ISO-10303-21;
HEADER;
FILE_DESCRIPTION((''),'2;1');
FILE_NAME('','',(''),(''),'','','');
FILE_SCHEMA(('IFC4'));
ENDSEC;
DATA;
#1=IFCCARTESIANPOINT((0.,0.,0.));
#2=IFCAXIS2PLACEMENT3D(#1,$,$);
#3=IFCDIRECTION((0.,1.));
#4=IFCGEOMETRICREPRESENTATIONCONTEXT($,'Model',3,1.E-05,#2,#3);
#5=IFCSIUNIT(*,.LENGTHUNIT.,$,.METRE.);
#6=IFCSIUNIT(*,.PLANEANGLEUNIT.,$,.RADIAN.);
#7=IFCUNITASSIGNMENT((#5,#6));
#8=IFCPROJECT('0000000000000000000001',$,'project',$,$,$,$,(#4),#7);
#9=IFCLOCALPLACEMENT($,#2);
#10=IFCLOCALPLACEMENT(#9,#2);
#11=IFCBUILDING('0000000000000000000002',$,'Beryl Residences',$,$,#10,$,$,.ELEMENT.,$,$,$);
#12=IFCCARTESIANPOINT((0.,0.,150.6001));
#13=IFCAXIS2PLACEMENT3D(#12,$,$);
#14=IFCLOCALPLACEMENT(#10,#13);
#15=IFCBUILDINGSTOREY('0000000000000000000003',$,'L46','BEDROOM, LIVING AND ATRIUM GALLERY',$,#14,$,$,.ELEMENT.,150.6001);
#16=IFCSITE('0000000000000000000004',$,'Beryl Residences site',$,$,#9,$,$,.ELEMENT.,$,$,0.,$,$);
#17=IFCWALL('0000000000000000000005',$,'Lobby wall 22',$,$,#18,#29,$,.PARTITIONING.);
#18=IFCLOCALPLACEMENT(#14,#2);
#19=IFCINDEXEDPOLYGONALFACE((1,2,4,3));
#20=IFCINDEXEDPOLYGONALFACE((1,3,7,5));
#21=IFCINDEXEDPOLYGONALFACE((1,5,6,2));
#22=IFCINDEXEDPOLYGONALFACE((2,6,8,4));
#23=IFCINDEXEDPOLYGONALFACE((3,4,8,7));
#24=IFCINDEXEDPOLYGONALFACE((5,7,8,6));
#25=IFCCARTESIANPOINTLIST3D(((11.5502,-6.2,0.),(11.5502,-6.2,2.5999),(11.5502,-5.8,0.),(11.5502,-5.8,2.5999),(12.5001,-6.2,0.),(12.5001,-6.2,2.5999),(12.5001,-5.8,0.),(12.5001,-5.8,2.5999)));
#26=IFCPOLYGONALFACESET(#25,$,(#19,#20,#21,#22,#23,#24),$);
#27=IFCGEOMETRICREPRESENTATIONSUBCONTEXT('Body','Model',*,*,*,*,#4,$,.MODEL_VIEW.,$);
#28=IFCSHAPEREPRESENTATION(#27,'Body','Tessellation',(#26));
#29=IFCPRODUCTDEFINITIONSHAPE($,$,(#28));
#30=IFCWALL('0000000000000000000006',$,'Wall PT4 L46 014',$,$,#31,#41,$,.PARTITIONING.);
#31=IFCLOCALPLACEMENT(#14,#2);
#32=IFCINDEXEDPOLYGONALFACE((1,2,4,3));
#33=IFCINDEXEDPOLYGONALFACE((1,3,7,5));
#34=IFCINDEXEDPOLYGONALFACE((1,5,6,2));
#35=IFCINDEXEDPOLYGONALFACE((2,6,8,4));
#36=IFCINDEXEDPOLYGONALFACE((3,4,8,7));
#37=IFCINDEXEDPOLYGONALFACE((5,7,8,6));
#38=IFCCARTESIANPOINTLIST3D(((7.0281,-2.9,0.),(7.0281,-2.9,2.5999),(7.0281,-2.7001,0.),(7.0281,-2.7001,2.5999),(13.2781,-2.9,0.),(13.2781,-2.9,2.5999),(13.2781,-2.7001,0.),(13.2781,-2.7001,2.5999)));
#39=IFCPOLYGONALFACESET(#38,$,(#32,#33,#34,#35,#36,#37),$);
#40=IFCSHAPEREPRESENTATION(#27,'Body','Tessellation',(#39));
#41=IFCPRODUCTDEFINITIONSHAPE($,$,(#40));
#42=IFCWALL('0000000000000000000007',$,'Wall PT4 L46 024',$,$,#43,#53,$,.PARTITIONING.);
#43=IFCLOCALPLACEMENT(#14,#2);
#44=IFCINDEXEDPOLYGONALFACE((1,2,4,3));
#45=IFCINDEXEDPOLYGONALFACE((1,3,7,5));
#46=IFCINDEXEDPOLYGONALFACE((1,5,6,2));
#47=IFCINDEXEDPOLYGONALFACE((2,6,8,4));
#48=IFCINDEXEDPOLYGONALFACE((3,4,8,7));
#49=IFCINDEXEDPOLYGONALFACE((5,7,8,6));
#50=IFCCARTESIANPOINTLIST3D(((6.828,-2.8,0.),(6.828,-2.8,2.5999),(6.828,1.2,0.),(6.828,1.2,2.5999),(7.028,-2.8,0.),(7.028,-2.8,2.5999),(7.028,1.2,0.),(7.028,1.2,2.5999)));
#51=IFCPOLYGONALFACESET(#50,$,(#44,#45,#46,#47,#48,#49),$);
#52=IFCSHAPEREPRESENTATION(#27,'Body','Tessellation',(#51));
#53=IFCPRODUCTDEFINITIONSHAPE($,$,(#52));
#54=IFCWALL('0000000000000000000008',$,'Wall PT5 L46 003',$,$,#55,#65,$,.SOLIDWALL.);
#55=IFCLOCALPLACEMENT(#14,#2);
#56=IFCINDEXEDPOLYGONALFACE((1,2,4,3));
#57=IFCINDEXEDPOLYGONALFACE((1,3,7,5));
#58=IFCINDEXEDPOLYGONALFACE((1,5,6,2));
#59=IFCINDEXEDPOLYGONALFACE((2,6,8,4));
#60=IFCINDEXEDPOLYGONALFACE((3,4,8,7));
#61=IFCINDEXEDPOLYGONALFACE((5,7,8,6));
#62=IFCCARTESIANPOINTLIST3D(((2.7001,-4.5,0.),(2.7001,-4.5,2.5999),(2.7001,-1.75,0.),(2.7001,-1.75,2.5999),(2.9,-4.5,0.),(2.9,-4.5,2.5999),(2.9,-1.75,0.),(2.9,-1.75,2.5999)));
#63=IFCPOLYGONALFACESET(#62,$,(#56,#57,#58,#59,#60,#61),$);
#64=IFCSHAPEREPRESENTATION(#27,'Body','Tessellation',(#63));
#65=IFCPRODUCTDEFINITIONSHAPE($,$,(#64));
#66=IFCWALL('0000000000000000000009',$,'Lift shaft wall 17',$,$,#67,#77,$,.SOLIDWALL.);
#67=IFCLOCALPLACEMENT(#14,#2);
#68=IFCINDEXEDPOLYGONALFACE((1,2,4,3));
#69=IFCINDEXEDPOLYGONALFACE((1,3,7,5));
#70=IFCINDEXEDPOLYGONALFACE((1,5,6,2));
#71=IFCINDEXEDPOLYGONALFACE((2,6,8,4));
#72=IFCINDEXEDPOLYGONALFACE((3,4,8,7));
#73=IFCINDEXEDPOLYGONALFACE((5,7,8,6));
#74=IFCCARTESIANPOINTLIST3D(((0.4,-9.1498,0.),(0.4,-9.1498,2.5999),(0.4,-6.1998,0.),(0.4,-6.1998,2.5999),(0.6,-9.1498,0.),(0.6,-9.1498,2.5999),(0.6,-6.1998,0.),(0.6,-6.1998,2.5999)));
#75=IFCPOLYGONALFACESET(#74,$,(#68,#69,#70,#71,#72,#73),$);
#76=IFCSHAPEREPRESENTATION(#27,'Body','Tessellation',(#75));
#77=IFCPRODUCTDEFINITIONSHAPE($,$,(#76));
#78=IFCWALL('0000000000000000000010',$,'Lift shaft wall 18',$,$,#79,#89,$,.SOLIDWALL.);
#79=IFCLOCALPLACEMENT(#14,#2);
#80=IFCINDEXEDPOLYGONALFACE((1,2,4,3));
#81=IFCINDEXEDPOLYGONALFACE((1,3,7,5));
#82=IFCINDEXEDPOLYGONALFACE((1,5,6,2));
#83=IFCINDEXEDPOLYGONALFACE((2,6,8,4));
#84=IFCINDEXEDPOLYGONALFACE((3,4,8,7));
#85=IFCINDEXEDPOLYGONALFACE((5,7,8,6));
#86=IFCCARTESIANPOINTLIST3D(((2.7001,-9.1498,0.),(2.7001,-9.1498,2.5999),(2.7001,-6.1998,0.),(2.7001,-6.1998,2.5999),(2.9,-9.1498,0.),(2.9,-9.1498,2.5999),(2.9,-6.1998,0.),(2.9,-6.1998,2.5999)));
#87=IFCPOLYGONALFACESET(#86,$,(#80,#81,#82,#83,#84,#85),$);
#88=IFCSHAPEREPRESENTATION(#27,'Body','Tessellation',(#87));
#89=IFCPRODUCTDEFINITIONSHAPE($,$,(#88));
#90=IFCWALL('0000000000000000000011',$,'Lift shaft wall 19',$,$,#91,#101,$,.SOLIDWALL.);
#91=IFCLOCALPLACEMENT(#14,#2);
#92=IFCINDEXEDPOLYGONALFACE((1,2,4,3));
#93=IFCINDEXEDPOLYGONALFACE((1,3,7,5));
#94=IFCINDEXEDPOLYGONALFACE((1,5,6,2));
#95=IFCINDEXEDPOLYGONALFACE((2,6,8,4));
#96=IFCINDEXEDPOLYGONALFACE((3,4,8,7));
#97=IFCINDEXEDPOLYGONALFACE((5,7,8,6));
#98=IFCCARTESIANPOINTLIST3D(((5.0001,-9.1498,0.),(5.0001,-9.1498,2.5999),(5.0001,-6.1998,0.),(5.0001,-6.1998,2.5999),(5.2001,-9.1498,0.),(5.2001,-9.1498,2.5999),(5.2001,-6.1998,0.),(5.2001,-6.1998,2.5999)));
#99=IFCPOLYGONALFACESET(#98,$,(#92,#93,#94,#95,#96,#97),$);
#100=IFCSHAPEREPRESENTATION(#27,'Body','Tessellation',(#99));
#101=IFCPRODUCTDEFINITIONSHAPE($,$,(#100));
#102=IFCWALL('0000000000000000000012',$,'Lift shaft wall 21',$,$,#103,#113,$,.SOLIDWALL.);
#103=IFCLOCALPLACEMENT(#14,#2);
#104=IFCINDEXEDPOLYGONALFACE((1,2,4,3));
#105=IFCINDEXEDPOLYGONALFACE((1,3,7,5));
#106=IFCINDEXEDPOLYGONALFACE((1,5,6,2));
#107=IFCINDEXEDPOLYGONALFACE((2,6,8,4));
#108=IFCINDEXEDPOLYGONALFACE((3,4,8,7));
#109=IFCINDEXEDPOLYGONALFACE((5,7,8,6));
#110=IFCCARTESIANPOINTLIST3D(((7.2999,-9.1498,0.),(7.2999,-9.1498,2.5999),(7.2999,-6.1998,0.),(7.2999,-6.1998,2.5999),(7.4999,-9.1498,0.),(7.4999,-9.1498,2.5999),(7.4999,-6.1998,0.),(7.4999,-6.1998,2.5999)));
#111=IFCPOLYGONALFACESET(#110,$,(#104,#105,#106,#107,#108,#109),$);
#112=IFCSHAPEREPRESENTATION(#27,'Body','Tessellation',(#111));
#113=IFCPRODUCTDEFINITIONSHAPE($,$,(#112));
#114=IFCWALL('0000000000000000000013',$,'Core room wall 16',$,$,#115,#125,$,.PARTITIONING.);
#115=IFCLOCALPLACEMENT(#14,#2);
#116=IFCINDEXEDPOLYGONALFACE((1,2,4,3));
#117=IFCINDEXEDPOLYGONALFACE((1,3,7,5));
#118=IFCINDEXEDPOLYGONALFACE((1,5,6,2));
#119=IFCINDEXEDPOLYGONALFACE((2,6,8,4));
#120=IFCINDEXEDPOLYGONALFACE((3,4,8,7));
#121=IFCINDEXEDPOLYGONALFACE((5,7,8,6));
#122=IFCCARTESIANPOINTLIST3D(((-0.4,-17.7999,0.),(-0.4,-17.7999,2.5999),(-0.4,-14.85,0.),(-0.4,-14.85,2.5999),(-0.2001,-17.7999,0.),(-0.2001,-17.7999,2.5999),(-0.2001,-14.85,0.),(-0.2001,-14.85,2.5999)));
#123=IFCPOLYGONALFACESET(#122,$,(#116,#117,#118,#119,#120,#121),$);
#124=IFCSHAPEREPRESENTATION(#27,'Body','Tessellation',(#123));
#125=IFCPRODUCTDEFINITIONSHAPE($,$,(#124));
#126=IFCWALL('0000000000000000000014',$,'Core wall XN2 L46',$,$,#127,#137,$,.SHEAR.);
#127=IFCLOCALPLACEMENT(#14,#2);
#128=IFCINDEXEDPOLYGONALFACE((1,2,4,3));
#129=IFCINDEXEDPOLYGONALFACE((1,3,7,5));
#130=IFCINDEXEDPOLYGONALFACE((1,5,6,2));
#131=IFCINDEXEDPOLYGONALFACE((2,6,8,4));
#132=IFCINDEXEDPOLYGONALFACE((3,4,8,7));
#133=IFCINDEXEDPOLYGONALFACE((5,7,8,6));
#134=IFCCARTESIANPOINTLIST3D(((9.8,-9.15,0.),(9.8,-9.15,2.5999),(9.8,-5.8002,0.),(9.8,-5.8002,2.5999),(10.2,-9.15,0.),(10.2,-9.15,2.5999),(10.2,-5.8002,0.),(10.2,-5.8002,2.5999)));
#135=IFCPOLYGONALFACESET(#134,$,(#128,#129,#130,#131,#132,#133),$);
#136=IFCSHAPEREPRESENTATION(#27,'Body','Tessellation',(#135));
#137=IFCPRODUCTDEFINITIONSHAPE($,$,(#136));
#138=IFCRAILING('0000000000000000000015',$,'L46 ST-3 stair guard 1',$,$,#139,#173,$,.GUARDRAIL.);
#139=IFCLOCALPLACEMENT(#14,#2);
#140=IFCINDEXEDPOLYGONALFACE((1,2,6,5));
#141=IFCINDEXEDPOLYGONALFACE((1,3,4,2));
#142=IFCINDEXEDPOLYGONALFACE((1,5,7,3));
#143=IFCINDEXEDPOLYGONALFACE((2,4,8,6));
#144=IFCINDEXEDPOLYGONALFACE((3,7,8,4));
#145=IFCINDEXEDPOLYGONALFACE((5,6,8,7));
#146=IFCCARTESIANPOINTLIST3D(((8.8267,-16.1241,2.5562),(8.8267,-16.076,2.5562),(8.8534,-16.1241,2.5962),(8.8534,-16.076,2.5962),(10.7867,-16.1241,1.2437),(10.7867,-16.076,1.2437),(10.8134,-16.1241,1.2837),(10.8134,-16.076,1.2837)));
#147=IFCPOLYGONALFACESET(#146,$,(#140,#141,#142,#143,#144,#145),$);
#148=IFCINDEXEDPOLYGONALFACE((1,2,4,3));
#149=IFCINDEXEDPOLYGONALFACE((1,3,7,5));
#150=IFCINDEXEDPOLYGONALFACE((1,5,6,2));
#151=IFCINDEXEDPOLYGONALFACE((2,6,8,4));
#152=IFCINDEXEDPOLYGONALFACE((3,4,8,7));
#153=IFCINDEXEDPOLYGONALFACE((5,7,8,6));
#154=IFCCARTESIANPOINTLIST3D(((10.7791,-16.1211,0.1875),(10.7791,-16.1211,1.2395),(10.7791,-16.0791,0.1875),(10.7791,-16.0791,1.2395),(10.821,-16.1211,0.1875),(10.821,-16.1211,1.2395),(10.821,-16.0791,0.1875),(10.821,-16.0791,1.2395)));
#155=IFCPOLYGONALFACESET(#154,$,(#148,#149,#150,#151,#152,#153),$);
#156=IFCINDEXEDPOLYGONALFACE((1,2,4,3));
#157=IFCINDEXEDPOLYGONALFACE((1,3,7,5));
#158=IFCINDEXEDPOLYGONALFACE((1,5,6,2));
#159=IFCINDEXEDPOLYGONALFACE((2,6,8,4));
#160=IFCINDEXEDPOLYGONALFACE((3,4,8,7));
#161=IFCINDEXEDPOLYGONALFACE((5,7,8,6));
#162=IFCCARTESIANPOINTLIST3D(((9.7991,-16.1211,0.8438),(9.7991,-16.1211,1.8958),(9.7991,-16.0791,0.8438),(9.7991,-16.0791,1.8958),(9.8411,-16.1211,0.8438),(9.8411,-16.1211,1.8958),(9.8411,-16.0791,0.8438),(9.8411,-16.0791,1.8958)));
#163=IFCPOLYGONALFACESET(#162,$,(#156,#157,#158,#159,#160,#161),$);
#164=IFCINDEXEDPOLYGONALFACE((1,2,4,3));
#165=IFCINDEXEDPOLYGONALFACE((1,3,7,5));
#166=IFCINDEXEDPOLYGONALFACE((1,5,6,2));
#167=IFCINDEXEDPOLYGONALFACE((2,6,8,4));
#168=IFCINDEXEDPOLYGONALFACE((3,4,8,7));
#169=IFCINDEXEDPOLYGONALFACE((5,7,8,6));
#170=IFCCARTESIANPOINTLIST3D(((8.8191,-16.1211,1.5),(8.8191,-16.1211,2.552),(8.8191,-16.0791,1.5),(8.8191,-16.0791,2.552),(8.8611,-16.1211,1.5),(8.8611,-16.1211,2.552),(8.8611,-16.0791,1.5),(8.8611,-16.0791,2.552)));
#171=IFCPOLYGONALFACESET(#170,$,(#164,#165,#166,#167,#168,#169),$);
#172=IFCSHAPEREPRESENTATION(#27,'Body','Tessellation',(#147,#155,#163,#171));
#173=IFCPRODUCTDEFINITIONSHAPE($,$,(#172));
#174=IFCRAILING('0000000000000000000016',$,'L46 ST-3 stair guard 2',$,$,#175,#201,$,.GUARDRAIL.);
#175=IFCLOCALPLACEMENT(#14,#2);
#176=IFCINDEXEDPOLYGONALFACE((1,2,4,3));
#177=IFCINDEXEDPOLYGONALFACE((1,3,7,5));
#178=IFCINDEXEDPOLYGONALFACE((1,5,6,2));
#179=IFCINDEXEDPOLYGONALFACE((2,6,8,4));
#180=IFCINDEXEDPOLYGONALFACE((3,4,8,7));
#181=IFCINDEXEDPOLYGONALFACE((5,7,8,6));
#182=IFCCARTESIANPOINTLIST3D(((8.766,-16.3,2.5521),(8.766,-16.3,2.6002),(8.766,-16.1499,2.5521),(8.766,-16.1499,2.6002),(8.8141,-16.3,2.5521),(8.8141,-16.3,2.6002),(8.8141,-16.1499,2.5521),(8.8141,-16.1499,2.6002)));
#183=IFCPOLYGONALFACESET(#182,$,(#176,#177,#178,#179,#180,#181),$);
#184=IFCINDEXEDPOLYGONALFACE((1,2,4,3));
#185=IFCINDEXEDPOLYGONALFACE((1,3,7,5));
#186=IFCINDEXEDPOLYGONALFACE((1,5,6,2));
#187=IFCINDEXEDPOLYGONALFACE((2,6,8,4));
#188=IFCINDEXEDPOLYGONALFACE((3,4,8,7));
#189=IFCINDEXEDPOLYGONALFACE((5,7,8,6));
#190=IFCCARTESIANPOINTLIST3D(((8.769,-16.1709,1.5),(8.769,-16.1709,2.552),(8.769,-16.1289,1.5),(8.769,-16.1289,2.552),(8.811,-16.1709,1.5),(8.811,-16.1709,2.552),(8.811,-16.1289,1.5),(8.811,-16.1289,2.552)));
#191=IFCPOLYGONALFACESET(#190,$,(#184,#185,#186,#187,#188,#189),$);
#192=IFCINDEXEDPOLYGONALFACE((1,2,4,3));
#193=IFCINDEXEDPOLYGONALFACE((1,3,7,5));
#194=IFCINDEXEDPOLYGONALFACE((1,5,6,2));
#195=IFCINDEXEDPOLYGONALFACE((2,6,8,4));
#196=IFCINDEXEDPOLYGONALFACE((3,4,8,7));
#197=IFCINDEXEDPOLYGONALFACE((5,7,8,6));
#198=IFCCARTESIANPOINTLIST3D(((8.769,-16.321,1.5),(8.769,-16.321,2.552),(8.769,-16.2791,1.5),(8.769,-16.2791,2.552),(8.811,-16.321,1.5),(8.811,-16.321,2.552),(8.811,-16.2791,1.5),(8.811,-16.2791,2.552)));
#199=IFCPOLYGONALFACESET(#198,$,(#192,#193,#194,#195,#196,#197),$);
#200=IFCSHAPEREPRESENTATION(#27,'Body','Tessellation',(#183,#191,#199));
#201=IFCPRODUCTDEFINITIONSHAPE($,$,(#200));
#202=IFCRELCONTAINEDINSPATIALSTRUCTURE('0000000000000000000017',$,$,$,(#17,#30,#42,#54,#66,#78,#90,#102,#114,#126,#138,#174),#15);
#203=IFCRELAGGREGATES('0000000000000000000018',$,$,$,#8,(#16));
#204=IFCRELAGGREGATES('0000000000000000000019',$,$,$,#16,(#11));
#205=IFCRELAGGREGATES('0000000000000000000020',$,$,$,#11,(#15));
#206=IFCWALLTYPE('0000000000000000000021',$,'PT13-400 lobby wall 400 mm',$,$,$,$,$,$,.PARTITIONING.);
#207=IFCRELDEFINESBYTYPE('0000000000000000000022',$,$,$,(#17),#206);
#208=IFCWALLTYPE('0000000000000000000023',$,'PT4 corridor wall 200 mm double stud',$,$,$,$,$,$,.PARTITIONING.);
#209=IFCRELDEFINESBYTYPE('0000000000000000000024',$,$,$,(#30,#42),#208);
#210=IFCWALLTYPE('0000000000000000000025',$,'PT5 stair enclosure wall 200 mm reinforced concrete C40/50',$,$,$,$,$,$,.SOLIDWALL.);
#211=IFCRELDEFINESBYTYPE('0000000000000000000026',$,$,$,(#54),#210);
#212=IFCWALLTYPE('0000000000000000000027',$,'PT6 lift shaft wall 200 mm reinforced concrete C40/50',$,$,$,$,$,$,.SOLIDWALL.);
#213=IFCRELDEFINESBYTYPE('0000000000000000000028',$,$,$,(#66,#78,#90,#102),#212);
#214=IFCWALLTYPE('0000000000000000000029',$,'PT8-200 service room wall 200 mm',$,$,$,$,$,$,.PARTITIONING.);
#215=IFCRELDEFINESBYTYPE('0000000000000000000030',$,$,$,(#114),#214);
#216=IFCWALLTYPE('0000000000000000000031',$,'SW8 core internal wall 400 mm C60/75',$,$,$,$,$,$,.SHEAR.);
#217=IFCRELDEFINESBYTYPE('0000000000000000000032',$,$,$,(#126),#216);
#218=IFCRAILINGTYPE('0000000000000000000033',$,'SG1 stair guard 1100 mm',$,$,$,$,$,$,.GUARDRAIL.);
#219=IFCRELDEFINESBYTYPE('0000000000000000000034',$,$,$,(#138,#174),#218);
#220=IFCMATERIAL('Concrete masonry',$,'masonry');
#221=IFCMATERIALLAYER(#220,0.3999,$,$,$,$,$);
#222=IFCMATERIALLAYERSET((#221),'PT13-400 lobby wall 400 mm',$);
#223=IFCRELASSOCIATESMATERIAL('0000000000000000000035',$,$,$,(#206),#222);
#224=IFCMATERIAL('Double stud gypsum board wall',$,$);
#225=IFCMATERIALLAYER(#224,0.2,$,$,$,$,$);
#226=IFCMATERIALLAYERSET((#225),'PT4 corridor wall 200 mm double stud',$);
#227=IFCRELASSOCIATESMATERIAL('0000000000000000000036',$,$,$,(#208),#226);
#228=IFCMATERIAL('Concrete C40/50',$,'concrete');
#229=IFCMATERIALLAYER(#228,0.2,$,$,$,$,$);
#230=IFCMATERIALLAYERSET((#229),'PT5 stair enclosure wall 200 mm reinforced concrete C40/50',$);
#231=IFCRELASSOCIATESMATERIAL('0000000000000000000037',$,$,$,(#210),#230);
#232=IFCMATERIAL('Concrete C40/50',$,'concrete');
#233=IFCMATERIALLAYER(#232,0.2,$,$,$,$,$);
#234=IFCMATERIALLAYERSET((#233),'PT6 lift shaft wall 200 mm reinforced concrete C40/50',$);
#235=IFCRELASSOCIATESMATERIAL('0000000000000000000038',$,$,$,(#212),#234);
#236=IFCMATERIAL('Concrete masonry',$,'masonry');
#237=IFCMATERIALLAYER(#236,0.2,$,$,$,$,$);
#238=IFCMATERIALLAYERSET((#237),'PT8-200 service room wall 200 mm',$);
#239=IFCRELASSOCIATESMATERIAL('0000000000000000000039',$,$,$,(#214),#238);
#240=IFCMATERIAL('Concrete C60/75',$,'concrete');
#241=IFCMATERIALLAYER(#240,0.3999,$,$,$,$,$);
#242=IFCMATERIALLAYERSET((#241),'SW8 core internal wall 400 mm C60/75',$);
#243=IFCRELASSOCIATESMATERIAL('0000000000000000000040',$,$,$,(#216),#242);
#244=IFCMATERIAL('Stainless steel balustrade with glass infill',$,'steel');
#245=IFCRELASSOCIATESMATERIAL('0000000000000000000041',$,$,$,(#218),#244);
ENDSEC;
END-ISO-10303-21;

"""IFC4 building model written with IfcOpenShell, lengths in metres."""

from ifc_helpers import new_model, si_unit, direction, frame, frame_2d, origin, origin_2d, place, context, subcontext, project, spatial, rectangle, extrude, material, layer, layer_set, type_object, element, save


model = new_model("IFC4")

# Units and contexts
model_context = context("Model", 3, precision=1e-05, world=origin(), true_north=direction((0.0, 1.0)))
body_context = subcontext(model_context, "Body", "Model", "MODEL_VIEW")
ifc_project = project(units=[si_unit("LENGTHUNIT", "METRE"), si_unit("PLANEANGLEUNIT", "RADIAN")], contexts=[model_context])

# Site, building, storey
site_placement = place(None, origin())
site = spatial("IfcSite", under=ifc_project, at=site_placement, Name="Beryl Residences site", CompositionType="ELEMENT", RefElevation=0.0)
building_placement = place(site_placement, origin())
building = spatial("IfcBuilding", under=site, at=building_placement, Name="Beryl Residences", CompositionType="ELEMENT")
storey_placement = place(building_placement, frame((0.0, 0.0, 150.6001)))
storey = spatial("IfcBuildingStorey", under=building, at=storey_placement, Name="L46", Description="BEDROOM, LIVING AND ATRIUM GALLERY", CompositionType="ELEMENT", Elevation=150.6001)

# Walls
ifc_material_1 = material(Name="Concrete masonry", Category="masonry")
ifc_layer_1 = layer(ifc_material_1, 0.3999)
ifc_layer_set_1 = layer_set([ifc_layer_1], Name="PT13-400 lobby wall 400 mm")
wall_type_1 = type_object("IfcWallType", Name="PT13-400 lobby wall 400 mm", PredefinedType="PARTITIONING", material=ifc_layer_set_1)
wall_1_placement = place(storey_placement, frame((11.55, -6.0, 0.0), z_axis=(0.0, 0.0, 1.0), x_axis=(1.0, 0.0, 0.0)))
element("IfcWall", 1, at=wall_1_placement, inside=storey, type_object=wall_type_1, Name="Lobby wall 22", PredefinedType="PARTITIONING", context=body_context, shape_type="SweptSolid", body=[
    extrude(rectangle(XDim=0.95, YDim=0.3999, at=frame_2d((0.4751, 0.0))), origin(), (0.0, 0.0, 1.0), 2.5999),
])
ifc_material_2 = material(Name="Double stud gypsum board wall")
ifc_layer_2 = layer(ifc_material_2, 0.2)
ifc_layer_set_2 = layer_set([ifc_layer_2], Name="PT4 corridor wall 200 mm double stud")
wall_type_2 = type_object("IfcWallType", Name="PT4 corridor wall 200 mm double stud", PredefinedType="PARTITIONING", material=ifc_layer_set_2)
wall_2_placement = place(storey_placement, frame((7.0281, -2.8, 0.0), z_axis=(0.0, 0.0, 1.0), x_axis=(1.0, 0.0, 0.0)))
element("IfcWall", 2, at=wall_2_placement, inside=storey, type_object=wall_type_2, Name="Wall PT4 L46 014", PredefinedType="PARTITIONING", context=body_context, shape_type="SweptSolid", body=[
    extrude(rectangle(XDim=6.25, YDim=0.2, at=frame_2d((3.125, 0.0))), origin(), (0.0, 0.0, 1.0), 2.5999),
])
wall_3_placement = place(storey_placement, frame((6.928, -2.8, 0.0), z_axis=(0.0, 0.0, 1.0), x_axis=(0.0, 1.0, 0.0)))
element("IfcWall", 3, at=wall_3_placement, inside=storey, type_object=wall_type_2, Name="Wall PT4 L46 024", PredefinedType="PARTITIONING", context=body_context, shape_type="SweptSolid", body=[
    extrude(rectangle(XDim=4.0, YDim=0.2, at=frame_2d((2.0, 0.0))), origin(), (0.0, 0.0, 1.0), 2.5999),
])
ifc_material_3 = material(Name="Concrete C40/50", Category="concrete")
ifc_layer_3 = layer(ifc_material_3, 0.2)
ifc_layer_set_3 = layer_set([ifc_layer_3], Name="PT5 stair enclosure wall 200 mm reinforced concrete C40/50")
wall_type_3 = type_object("IfcWallType", Name="PT5 stair enclosure wall 200 mm reinforced concrete C40/50", PredefinedType="SOLIDWALL", material=ifc_layer_set_3)
wall_4_placement = place(storey_placement, frame((2.8, -4.5, 0.0), z_axis=(0.0, 0.0, 1.0), x_axis=(0.0, 1.0, 0.0)))
element("IfcWall", 4, at=wall_4_placement, inside=storey, type_object=wall_type_3, Name="Wall PT5 L46 003", PredefinedType="SOLIDWALL", context=body_context, shape_type="SweptSolid", body=[
    extrude(rectangle(XDim=2.75, YDim=0.2, at=frame_2d((1.375, 0.0))), origin(), (0.0, 0.0, 1.0), 2.5999),
])
ifc_material_4 = material(Name="Concrete C40/50", Category="concrete")
ifc_layer_4 = layer(ifc_material_4, 0.2)
ifc_layer_set_4 = layer_set([ifc_layer_4], Name="PT6 lift shaft wall 200 mm reinforced concrete C40/50")
wall_type_4 = type_object("IfcWallType", Name="PT6 lift shaft wall 200 mm reinforced concrete C40/50", PredefinedType="SOLIDWALL", material=ifc_layer_set_4)
for number, where, z_axis, x_axis, name in (
    (5, (0.5, -9.1499, 0.0), (0.0, 0.0, 1.0), (0.0, 1.0, 0.0), "Lift shaft wall 17"),
    (6, (2.8, -9.1499, 0.0), (0.0, 0.0, 1.0), (0.0, 1.0, 0.0), "Lift shaft wall 18"),
    (7, (5.1001, -9.1499, 0.0), (0.0, 0.0, 1.0), (0.0, 1.0, 0.0), "Lift shaft wall 19"),
    (8, (7.3999, -9.1499, 0.0), (0.0, 0.0, 1.0), (0.0, 1.0, 0.0), "Lift shaft wall 21"),
):
    element("IfcWall", number, at=place(storey_placement, frame(where, z_axis=z_axis, x_axis=x_axis)), inside=storey, type_object=wall_type_4, Name=name, PredefinedType="SOLIDWALL", context=body_context, shape_type="SweptSolid", body=[
        extrude(rectangle(XDim=2.95, YDim=0.2, at=frame_2d((1.4751, 0.0))), origin(), (0.0, 0.0, 1.0), 2.5999),
    ])
ifc_material_5 = material(Name="Concrete masonry", Category="masonry")
ifc_layer_5 = layer(ifc_material_5, 0.2)
ifc_layer_set_5 = layer_set([ifc_layer_5], Name="PT8-200 service room wall 200 mm")
wall_type_5 = type_object("IfcWallType", Name="PT8-200 service room wall 200 mm", PredefinedType="PARTITIONING", material=ifc_layer_set_5)
wall_5_placement = place(storey_placement, frame((-0.3, -17.8, 0.0), z_axis=(0.0, 0.0, 1.0), x_axis=(0.0, 1.0, 0.0)))
element("IfcWall", 9, at=wall_5_placement, inside=storey, type_object=wall_type_5, Name="Core room wall 16", PredefinedType="PARTITIONING", context=body_context, shape_type="SweptSolid", body=[
    extrude(rectangle(XDim=2.95, YDim=0.2, at=frame_2d((1.4751, 0.0))), origin(), (0.0, 0.0, 1.0), 2.5999),
])
ifc_material_6 = material(Name="Concrete C60/75", Category="concrete")
ifc_layer_6 = layer(ifc_material_6, 0.3999)
ifc_layer_set_6 = layer_set([ifc_layer_6], Name="SW8 core internal wall 400 mm C60/75")
wall_type_6 = type_object("IfcWallType", Name="SW8 core internal wall 400 mm C60/75", PredefinedType="SHEAR", material=ifc_layer_set_6)
wall_6_placement = place(storey_placement, frame((10.0, -9.1499, 0.0), z_axis=(0.0, 0.0, 1.0), x_axis=(0.0, 1.0, 0.0)))
element("IfcWall", 10, at=wall_6_placement, inside=storey, type_object=wall_type_6, Name="Core wall XN2 L46", PredefinedType="SHEAR", context=body_context, shape_type="SweptSolid", body=[
    extrude(rectangle(XDim=3.3499, YDim=0.3999, at=frame_2d((1.6748, 0.0))), origin(), (0.0, 0.0, 1.0), 2.5999),
])

# Railings
ifc_material_7 = material(Name="Stainless steel balustrade with glass infill", Category="steel")
railing_type_1 = type_object("IfcRailingType", Name="SG1 stair guard 1100 mm", PredefinedType="GUARDRAIL", material=ifc_material_7)
railing_1_placement = place(storey_placement, frame((10.8, -16.1001, 0.1875)))
element("IfcRailing", 11, at=railing_1_placement, inside=storey, type_object=railing_type_1, Name="L46 ST-3 stair guard 1", PredefinedType="GUARDRAIL", context=body_context, shape_type="SweptSolid", body=[
    extrude(rectangle(XDim=0.0481, YDim=0.0481, at=origin_2d()), frame((0.0, 0.0, 1.0762), z_axis=(-0.830902, 0.0, 0.556419), x_axis=(0.0, -1.0, 0.0)), (0.0, 0.0, 1.0), 2.3589),
    extrude(rectangle(XDim=0.042, YDim=0.042, at=origin_2d()), origin(), (0.0, 0.0, 1.0), 1.052),
    extrude(rectangle(XDim=0.042, YDim=0.042, at=origin_2d()), frame((-0.98, 0.0, 0.6562)), (0.0, 0.0, 1.0), 1.052),
    extrude(rectangle(XDim=0.042, YDim=0.042, at=origin_2d()), frame((-1.96, 0.0, 1.3125)), (0.0, 0.0, 1.0), 1.052),
])
railing_2_placement = place(storey_placement, frame((8.79, -16.1499, 1.5)))
element("IfcRailing", 12, at=railing_2_placement, inside=storey, type_object=railing_type_1, Name="L46 ST-3 stair guard 2", PredefinedType="GUARDRAIL", context=body_context, shape_type="SweptSolid", body=[
    extrude(rectangle(XDim=0.0481, YDim=0.0481, at=origin_2d()), frame((0.0, 0.0, 1.0762), z_axis=(0.0, -1.0, 0.0), x_axis=(1.0, 0.0, 0.0)), (0.0, 0.0, 1.0), 0.1501),
    extrude(rectangle(XDim=0.042, YDim=0.042, at=origin_2d()), origin(), (0.0, 0.0, 1.0), 1.052),
    extrude(rectangle(XDim=0.042, YDim=0.042, at=origin_2d()), frame((0.0, -0.1501, 0.0)), (0.0, 0.0, 1.0), 1.052),
])

save(model, "model.ifc")
